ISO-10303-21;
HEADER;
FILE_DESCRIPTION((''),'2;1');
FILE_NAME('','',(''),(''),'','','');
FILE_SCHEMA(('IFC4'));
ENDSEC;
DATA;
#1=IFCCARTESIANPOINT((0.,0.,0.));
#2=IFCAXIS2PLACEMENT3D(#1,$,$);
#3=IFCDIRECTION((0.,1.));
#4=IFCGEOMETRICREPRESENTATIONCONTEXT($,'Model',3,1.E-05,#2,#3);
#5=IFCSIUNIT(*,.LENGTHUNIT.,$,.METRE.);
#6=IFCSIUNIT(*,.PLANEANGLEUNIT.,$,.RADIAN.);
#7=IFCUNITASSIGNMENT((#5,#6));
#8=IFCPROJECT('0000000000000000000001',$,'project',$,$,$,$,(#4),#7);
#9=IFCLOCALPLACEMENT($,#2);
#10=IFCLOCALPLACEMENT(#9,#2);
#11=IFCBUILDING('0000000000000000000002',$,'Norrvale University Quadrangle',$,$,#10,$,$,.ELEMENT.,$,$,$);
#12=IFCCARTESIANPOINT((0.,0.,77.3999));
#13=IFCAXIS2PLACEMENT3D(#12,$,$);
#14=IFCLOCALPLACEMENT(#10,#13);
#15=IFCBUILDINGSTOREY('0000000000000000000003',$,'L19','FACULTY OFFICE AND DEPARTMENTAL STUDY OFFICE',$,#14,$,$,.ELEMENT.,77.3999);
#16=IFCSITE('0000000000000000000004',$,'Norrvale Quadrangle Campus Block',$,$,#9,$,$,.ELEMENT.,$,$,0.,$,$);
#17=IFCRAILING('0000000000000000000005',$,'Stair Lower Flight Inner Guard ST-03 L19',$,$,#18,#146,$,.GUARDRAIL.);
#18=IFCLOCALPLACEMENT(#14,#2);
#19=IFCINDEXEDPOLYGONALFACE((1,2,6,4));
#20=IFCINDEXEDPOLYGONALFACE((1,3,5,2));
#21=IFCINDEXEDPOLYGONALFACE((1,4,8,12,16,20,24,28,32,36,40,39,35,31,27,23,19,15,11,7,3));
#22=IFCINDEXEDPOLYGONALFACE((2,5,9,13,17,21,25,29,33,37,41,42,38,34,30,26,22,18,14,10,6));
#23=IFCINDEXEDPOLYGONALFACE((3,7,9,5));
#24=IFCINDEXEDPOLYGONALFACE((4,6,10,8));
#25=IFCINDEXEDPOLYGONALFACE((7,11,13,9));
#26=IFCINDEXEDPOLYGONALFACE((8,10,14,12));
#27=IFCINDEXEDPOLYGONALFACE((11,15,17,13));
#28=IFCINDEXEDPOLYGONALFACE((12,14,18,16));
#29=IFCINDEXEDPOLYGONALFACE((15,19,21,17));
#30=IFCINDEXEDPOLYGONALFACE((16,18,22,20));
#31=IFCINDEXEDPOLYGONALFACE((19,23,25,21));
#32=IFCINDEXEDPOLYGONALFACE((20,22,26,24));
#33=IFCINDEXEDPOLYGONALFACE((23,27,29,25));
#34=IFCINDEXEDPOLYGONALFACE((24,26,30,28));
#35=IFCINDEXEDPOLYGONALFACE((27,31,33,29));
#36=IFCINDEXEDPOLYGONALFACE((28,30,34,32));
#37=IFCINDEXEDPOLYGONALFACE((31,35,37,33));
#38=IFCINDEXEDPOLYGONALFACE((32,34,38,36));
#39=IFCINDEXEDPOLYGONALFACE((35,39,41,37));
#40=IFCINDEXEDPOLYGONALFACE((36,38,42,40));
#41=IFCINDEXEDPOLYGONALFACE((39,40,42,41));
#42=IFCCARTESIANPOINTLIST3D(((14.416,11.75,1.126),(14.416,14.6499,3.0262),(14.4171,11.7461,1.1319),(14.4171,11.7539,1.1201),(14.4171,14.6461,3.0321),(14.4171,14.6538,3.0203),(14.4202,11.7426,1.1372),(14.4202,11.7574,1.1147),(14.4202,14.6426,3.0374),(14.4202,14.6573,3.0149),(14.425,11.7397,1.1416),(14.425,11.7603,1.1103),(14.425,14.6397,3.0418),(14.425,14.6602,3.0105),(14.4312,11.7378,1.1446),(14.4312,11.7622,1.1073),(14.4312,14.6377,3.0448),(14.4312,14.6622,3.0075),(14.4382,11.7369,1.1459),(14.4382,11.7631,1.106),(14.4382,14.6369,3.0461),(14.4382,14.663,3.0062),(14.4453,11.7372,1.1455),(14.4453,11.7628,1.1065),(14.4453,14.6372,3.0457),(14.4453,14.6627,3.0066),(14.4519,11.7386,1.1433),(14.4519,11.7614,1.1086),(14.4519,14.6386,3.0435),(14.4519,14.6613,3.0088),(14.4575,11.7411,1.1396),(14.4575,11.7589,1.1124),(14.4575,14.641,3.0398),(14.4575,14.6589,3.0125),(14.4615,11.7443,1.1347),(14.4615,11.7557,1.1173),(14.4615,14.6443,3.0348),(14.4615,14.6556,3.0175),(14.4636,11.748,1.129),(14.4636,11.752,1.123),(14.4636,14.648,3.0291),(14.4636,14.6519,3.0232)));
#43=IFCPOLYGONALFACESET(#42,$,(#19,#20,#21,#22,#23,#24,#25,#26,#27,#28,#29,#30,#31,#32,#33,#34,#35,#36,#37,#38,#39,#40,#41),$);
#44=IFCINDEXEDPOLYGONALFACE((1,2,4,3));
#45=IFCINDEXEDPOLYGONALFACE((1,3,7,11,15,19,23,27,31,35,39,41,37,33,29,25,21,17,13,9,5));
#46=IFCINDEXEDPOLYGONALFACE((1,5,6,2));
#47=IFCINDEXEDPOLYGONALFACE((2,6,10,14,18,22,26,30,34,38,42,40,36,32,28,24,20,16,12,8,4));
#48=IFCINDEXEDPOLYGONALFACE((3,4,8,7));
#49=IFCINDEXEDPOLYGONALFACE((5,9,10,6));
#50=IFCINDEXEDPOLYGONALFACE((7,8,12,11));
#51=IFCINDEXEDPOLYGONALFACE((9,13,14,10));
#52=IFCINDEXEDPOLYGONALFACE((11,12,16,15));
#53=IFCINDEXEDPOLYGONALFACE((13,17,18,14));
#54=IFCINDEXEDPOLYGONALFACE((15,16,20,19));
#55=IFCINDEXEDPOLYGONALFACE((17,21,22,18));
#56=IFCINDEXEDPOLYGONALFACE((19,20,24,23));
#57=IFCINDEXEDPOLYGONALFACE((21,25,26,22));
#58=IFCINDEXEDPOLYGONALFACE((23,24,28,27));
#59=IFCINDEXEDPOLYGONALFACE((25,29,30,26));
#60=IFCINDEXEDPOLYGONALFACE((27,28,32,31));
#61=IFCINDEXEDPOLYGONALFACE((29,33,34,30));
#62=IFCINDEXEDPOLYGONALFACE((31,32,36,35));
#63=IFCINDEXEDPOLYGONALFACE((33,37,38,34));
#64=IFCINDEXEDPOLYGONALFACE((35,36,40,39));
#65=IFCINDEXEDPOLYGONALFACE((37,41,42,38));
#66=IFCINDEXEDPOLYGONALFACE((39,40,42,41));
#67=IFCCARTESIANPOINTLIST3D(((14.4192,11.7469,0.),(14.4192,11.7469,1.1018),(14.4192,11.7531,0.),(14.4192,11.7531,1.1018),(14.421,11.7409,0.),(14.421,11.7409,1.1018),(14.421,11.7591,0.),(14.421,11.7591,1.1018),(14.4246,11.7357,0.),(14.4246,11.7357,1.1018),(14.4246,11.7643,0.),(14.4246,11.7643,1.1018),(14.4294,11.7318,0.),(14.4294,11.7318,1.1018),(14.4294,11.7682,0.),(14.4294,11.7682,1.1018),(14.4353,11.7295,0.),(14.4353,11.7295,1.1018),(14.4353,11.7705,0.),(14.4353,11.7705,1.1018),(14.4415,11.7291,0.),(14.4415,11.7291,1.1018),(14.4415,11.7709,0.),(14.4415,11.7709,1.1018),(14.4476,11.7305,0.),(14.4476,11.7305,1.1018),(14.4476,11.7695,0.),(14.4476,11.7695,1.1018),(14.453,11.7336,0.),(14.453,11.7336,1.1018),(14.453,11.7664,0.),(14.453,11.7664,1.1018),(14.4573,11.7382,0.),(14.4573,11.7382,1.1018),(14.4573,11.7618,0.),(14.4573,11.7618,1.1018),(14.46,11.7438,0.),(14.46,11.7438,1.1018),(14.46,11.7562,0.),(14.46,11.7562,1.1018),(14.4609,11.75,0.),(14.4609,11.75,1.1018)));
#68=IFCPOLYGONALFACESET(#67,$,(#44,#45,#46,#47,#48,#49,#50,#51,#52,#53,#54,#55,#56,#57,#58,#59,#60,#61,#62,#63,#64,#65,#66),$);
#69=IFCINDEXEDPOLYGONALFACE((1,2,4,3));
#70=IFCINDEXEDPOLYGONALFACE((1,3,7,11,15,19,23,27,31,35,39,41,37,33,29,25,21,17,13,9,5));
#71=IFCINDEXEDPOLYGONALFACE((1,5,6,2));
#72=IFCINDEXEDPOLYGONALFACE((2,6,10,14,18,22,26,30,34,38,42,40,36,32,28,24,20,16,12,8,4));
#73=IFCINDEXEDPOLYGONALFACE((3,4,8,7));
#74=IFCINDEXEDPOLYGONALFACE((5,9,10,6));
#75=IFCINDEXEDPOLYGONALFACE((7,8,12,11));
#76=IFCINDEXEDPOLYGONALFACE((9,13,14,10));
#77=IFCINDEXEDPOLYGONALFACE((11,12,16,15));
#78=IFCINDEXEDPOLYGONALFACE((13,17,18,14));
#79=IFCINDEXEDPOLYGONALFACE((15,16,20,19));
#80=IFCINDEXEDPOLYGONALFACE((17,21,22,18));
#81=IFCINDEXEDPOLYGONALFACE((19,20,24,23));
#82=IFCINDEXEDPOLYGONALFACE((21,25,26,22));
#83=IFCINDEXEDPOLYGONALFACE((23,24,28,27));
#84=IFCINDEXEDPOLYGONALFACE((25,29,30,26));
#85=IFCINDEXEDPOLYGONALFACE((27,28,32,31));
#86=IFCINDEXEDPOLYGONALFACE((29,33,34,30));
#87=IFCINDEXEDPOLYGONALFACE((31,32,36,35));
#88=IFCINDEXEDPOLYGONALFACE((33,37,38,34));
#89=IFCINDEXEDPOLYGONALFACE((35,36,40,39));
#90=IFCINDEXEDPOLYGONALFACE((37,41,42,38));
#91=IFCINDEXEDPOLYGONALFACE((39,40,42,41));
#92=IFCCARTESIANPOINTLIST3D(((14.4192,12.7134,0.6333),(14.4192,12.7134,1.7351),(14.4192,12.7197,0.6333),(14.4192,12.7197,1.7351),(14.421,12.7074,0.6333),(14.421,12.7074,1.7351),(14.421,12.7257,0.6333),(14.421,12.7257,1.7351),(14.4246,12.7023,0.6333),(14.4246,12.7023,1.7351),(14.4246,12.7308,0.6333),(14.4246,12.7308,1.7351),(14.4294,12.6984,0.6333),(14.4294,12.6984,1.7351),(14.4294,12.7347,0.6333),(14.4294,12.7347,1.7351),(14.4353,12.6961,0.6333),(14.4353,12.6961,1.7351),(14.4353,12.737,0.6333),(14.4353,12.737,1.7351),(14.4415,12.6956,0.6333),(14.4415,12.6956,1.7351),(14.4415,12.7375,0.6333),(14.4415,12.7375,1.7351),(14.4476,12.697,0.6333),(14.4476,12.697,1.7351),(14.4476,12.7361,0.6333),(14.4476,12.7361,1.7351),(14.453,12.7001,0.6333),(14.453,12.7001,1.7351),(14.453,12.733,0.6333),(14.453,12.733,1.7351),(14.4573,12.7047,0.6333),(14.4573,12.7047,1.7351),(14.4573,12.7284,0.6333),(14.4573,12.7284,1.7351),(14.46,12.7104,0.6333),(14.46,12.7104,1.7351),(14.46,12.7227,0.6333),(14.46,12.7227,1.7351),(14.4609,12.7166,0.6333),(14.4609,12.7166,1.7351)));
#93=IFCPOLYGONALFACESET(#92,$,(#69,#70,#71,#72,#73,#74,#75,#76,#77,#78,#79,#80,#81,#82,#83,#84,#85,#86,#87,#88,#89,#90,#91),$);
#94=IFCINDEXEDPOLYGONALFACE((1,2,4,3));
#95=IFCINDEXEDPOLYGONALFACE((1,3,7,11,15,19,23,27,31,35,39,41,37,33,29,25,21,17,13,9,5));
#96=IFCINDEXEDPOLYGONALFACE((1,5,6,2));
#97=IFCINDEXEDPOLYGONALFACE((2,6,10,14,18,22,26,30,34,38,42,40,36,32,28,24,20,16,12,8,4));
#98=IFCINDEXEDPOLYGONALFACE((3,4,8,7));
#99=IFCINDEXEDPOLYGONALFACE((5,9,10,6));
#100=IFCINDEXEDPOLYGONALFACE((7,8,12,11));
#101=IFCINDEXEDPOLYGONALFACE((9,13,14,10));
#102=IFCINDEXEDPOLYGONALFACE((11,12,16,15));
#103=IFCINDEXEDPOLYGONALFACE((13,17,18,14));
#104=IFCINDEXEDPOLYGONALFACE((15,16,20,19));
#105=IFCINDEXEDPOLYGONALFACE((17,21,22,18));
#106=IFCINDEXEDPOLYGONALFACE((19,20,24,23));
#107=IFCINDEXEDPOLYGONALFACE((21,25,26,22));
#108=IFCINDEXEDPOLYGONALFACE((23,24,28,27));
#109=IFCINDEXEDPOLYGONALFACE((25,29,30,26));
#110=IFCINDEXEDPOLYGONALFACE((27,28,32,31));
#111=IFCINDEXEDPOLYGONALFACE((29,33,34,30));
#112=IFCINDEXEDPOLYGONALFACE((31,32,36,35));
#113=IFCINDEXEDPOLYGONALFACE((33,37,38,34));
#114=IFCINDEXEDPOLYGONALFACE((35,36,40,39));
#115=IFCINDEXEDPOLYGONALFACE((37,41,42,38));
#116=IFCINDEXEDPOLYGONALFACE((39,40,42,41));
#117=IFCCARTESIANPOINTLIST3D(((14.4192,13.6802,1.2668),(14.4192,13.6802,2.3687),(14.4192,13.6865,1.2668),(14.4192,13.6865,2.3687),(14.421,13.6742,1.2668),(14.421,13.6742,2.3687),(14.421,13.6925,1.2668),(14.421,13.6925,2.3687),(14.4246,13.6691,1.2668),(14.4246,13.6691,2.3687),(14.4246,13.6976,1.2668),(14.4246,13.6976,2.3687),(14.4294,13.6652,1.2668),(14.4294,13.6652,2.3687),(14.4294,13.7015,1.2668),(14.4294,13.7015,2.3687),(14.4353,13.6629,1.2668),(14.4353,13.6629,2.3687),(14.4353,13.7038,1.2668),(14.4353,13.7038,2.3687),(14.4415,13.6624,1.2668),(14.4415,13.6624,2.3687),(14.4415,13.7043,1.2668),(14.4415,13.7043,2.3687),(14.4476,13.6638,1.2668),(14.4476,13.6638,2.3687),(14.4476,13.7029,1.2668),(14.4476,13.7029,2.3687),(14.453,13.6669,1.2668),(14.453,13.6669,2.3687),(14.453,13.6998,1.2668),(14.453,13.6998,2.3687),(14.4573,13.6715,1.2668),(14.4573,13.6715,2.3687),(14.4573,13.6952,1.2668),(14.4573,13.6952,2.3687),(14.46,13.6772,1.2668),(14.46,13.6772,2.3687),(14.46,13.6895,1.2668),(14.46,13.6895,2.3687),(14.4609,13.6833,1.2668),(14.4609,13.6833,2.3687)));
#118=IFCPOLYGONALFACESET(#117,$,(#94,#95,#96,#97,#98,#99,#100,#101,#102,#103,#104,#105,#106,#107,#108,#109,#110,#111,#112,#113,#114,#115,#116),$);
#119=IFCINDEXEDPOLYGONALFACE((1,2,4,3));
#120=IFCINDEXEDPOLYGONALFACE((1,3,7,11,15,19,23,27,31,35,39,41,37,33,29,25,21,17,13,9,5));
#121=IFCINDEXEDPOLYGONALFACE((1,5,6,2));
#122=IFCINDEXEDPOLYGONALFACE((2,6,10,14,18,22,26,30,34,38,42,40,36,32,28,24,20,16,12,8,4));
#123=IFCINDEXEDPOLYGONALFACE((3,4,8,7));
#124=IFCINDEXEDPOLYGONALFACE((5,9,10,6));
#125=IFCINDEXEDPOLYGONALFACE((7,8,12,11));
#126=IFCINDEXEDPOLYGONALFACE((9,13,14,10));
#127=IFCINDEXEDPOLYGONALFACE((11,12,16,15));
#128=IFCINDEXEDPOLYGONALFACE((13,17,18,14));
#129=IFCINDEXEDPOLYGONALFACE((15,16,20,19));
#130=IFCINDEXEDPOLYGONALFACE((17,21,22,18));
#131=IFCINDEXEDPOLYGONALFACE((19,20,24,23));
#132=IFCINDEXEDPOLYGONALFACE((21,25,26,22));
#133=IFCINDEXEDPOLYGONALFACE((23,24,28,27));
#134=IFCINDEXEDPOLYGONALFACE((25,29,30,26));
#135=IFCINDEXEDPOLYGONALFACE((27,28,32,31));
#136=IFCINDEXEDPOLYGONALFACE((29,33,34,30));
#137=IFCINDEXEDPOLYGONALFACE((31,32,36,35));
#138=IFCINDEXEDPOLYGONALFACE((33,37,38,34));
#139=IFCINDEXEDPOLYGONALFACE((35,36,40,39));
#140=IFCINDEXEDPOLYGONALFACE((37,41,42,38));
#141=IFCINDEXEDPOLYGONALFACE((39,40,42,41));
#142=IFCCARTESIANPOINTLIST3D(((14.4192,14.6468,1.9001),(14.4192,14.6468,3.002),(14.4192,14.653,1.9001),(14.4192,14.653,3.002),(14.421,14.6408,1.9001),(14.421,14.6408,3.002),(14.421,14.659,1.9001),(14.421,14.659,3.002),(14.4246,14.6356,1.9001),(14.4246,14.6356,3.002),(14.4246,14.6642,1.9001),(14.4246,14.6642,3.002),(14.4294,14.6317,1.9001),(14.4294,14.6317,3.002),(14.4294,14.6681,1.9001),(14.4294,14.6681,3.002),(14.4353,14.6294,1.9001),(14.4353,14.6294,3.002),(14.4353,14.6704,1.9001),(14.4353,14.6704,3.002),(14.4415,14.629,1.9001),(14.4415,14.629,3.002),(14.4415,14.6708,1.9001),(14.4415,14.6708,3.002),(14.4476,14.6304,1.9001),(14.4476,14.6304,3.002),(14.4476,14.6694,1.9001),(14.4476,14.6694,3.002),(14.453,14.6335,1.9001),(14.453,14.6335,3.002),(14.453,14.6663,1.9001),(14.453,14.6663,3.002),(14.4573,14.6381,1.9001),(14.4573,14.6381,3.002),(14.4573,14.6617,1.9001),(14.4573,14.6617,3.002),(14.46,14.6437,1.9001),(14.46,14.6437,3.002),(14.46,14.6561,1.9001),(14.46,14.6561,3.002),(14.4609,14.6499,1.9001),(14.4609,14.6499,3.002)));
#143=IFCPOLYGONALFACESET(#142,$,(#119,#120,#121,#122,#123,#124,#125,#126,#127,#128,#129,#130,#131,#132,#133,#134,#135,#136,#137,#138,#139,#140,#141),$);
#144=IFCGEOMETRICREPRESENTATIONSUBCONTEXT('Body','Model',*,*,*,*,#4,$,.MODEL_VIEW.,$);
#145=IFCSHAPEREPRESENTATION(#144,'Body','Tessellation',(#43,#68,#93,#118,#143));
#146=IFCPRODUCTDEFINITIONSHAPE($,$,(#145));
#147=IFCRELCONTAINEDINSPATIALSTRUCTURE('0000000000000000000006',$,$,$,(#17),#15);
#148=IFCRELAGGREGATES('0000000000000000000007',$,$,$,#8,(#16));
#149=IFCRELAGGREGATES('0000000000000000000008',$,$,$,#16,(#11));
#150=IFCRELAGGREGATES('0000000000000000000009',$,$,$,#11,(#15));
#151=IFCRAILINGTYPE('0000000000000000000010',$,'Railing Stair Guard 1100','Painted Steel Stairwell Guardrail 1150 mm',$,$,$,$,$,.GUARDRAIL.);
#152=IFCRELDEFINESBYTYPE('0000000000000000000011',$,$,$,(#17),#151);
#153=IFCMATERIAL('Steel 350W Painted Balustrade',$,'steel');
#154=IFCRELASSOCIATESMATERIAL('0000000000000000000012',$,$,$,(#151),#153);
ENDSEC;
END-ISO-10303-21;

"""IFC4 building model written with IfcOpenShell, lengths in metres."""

from ifc_helpers import new_model, si_unit, direction, frame, origin, origin_2d, place, context, subcontext, project, spatial, circle, extrude, material, type_object, element, save


model = new_model("IFC4")

# Units and contexts
model_context = context("Model", 3, precision=1e-05, world=origin(), true_north=direction((0.0, 1.0)))
body_context = subcontext(model_context, "Body", "Model", "MODEL_VIEW")
ifc_project = project(units=[si_unit("LENGTHUNIT", "METRE"), si_unit("PLANEANGLEUNIT", "RADIAN")], contexts=[model_context])

# Site, building, storey
site_placement = place(None, origin())
site = spatial("IfcSite", under=ifc_project, at=site_placement, Name="Norrvale Quadrangle Campus Block", CompositionType="ELEMENT", RefElevation=0.0)
building_placement = place(site_placement, origin())
building = spatial("IfcBuilding", under=site, at=building_placement, Name="Norrvale University Quadrangle", CompositionType="ELEMENT")
storey_placement = place(building_placement, frame((0.0, 0.0, 77.3999)))
storey = spatial("IfcBuildingStorey", under=building, at=storey_placement, Name="L19", Description="FACULTY OFFICE AND DEPARTMENTAL STUDY OFFICE", CompositionType="ELEMENT", Elevation=77.3999)

# Railing
ifc_material_1 = material(Name="Steel 350W Painted Balustrade", Category="steel")
railing_type_1 = type_object("IfcRailingType", Name="Railing Stair Guard 1100", Description="Painted Steel Stairwell Guardrail 1150 mm", PredefinedType="GUARDRAIL", material=ifc_material_1)
railing_1_placement = place(storey_placement, frame((14.4399, 11.75, 0.0)))
element("IfcRailing", 1, at=railing_1_placement, inside=storey, type_object=railing_type_1, Name="Stair Lower Flight Inner Guard ST-03 L19", PredefinedType="GUARDRAIL", context=body_context, shape_type="SweptSolid", body=[
    extrude(circle(Radius=0.0239, at=origin_2d()), frame((0.0, 0.0, 1.126), z_axis=(0.0, 0.836433, 0.548069), x_axis=(-1.0, 0.0, 0.0)), (0.0, 0.0, 1.0), 3.467),
    extrude(circle(Radius=0.021, at=origin_2d()), origin(), (0.0, 0.0, 1.0), 1.1018),
    extrude(circle(Radius=0.021, at=origin_2d()), frame((0.0, 0.9666, 0.6333)), (0.0, 0.0, 1.0), 1.1018),
    extrude(circle(Radius=0.021, at=origin_2d()), frame((0.0, 1.9333, 1.2668)), (0.0, 0.0, 1.0), 1.1018),
    extrude(circle(Radius=0.021, at=origin_2d()), frame((0.0, 2.8999, 1.9001)), (0.0, 0.0, 1.0), 1.1018),
])

save(model, "model.ifc")
